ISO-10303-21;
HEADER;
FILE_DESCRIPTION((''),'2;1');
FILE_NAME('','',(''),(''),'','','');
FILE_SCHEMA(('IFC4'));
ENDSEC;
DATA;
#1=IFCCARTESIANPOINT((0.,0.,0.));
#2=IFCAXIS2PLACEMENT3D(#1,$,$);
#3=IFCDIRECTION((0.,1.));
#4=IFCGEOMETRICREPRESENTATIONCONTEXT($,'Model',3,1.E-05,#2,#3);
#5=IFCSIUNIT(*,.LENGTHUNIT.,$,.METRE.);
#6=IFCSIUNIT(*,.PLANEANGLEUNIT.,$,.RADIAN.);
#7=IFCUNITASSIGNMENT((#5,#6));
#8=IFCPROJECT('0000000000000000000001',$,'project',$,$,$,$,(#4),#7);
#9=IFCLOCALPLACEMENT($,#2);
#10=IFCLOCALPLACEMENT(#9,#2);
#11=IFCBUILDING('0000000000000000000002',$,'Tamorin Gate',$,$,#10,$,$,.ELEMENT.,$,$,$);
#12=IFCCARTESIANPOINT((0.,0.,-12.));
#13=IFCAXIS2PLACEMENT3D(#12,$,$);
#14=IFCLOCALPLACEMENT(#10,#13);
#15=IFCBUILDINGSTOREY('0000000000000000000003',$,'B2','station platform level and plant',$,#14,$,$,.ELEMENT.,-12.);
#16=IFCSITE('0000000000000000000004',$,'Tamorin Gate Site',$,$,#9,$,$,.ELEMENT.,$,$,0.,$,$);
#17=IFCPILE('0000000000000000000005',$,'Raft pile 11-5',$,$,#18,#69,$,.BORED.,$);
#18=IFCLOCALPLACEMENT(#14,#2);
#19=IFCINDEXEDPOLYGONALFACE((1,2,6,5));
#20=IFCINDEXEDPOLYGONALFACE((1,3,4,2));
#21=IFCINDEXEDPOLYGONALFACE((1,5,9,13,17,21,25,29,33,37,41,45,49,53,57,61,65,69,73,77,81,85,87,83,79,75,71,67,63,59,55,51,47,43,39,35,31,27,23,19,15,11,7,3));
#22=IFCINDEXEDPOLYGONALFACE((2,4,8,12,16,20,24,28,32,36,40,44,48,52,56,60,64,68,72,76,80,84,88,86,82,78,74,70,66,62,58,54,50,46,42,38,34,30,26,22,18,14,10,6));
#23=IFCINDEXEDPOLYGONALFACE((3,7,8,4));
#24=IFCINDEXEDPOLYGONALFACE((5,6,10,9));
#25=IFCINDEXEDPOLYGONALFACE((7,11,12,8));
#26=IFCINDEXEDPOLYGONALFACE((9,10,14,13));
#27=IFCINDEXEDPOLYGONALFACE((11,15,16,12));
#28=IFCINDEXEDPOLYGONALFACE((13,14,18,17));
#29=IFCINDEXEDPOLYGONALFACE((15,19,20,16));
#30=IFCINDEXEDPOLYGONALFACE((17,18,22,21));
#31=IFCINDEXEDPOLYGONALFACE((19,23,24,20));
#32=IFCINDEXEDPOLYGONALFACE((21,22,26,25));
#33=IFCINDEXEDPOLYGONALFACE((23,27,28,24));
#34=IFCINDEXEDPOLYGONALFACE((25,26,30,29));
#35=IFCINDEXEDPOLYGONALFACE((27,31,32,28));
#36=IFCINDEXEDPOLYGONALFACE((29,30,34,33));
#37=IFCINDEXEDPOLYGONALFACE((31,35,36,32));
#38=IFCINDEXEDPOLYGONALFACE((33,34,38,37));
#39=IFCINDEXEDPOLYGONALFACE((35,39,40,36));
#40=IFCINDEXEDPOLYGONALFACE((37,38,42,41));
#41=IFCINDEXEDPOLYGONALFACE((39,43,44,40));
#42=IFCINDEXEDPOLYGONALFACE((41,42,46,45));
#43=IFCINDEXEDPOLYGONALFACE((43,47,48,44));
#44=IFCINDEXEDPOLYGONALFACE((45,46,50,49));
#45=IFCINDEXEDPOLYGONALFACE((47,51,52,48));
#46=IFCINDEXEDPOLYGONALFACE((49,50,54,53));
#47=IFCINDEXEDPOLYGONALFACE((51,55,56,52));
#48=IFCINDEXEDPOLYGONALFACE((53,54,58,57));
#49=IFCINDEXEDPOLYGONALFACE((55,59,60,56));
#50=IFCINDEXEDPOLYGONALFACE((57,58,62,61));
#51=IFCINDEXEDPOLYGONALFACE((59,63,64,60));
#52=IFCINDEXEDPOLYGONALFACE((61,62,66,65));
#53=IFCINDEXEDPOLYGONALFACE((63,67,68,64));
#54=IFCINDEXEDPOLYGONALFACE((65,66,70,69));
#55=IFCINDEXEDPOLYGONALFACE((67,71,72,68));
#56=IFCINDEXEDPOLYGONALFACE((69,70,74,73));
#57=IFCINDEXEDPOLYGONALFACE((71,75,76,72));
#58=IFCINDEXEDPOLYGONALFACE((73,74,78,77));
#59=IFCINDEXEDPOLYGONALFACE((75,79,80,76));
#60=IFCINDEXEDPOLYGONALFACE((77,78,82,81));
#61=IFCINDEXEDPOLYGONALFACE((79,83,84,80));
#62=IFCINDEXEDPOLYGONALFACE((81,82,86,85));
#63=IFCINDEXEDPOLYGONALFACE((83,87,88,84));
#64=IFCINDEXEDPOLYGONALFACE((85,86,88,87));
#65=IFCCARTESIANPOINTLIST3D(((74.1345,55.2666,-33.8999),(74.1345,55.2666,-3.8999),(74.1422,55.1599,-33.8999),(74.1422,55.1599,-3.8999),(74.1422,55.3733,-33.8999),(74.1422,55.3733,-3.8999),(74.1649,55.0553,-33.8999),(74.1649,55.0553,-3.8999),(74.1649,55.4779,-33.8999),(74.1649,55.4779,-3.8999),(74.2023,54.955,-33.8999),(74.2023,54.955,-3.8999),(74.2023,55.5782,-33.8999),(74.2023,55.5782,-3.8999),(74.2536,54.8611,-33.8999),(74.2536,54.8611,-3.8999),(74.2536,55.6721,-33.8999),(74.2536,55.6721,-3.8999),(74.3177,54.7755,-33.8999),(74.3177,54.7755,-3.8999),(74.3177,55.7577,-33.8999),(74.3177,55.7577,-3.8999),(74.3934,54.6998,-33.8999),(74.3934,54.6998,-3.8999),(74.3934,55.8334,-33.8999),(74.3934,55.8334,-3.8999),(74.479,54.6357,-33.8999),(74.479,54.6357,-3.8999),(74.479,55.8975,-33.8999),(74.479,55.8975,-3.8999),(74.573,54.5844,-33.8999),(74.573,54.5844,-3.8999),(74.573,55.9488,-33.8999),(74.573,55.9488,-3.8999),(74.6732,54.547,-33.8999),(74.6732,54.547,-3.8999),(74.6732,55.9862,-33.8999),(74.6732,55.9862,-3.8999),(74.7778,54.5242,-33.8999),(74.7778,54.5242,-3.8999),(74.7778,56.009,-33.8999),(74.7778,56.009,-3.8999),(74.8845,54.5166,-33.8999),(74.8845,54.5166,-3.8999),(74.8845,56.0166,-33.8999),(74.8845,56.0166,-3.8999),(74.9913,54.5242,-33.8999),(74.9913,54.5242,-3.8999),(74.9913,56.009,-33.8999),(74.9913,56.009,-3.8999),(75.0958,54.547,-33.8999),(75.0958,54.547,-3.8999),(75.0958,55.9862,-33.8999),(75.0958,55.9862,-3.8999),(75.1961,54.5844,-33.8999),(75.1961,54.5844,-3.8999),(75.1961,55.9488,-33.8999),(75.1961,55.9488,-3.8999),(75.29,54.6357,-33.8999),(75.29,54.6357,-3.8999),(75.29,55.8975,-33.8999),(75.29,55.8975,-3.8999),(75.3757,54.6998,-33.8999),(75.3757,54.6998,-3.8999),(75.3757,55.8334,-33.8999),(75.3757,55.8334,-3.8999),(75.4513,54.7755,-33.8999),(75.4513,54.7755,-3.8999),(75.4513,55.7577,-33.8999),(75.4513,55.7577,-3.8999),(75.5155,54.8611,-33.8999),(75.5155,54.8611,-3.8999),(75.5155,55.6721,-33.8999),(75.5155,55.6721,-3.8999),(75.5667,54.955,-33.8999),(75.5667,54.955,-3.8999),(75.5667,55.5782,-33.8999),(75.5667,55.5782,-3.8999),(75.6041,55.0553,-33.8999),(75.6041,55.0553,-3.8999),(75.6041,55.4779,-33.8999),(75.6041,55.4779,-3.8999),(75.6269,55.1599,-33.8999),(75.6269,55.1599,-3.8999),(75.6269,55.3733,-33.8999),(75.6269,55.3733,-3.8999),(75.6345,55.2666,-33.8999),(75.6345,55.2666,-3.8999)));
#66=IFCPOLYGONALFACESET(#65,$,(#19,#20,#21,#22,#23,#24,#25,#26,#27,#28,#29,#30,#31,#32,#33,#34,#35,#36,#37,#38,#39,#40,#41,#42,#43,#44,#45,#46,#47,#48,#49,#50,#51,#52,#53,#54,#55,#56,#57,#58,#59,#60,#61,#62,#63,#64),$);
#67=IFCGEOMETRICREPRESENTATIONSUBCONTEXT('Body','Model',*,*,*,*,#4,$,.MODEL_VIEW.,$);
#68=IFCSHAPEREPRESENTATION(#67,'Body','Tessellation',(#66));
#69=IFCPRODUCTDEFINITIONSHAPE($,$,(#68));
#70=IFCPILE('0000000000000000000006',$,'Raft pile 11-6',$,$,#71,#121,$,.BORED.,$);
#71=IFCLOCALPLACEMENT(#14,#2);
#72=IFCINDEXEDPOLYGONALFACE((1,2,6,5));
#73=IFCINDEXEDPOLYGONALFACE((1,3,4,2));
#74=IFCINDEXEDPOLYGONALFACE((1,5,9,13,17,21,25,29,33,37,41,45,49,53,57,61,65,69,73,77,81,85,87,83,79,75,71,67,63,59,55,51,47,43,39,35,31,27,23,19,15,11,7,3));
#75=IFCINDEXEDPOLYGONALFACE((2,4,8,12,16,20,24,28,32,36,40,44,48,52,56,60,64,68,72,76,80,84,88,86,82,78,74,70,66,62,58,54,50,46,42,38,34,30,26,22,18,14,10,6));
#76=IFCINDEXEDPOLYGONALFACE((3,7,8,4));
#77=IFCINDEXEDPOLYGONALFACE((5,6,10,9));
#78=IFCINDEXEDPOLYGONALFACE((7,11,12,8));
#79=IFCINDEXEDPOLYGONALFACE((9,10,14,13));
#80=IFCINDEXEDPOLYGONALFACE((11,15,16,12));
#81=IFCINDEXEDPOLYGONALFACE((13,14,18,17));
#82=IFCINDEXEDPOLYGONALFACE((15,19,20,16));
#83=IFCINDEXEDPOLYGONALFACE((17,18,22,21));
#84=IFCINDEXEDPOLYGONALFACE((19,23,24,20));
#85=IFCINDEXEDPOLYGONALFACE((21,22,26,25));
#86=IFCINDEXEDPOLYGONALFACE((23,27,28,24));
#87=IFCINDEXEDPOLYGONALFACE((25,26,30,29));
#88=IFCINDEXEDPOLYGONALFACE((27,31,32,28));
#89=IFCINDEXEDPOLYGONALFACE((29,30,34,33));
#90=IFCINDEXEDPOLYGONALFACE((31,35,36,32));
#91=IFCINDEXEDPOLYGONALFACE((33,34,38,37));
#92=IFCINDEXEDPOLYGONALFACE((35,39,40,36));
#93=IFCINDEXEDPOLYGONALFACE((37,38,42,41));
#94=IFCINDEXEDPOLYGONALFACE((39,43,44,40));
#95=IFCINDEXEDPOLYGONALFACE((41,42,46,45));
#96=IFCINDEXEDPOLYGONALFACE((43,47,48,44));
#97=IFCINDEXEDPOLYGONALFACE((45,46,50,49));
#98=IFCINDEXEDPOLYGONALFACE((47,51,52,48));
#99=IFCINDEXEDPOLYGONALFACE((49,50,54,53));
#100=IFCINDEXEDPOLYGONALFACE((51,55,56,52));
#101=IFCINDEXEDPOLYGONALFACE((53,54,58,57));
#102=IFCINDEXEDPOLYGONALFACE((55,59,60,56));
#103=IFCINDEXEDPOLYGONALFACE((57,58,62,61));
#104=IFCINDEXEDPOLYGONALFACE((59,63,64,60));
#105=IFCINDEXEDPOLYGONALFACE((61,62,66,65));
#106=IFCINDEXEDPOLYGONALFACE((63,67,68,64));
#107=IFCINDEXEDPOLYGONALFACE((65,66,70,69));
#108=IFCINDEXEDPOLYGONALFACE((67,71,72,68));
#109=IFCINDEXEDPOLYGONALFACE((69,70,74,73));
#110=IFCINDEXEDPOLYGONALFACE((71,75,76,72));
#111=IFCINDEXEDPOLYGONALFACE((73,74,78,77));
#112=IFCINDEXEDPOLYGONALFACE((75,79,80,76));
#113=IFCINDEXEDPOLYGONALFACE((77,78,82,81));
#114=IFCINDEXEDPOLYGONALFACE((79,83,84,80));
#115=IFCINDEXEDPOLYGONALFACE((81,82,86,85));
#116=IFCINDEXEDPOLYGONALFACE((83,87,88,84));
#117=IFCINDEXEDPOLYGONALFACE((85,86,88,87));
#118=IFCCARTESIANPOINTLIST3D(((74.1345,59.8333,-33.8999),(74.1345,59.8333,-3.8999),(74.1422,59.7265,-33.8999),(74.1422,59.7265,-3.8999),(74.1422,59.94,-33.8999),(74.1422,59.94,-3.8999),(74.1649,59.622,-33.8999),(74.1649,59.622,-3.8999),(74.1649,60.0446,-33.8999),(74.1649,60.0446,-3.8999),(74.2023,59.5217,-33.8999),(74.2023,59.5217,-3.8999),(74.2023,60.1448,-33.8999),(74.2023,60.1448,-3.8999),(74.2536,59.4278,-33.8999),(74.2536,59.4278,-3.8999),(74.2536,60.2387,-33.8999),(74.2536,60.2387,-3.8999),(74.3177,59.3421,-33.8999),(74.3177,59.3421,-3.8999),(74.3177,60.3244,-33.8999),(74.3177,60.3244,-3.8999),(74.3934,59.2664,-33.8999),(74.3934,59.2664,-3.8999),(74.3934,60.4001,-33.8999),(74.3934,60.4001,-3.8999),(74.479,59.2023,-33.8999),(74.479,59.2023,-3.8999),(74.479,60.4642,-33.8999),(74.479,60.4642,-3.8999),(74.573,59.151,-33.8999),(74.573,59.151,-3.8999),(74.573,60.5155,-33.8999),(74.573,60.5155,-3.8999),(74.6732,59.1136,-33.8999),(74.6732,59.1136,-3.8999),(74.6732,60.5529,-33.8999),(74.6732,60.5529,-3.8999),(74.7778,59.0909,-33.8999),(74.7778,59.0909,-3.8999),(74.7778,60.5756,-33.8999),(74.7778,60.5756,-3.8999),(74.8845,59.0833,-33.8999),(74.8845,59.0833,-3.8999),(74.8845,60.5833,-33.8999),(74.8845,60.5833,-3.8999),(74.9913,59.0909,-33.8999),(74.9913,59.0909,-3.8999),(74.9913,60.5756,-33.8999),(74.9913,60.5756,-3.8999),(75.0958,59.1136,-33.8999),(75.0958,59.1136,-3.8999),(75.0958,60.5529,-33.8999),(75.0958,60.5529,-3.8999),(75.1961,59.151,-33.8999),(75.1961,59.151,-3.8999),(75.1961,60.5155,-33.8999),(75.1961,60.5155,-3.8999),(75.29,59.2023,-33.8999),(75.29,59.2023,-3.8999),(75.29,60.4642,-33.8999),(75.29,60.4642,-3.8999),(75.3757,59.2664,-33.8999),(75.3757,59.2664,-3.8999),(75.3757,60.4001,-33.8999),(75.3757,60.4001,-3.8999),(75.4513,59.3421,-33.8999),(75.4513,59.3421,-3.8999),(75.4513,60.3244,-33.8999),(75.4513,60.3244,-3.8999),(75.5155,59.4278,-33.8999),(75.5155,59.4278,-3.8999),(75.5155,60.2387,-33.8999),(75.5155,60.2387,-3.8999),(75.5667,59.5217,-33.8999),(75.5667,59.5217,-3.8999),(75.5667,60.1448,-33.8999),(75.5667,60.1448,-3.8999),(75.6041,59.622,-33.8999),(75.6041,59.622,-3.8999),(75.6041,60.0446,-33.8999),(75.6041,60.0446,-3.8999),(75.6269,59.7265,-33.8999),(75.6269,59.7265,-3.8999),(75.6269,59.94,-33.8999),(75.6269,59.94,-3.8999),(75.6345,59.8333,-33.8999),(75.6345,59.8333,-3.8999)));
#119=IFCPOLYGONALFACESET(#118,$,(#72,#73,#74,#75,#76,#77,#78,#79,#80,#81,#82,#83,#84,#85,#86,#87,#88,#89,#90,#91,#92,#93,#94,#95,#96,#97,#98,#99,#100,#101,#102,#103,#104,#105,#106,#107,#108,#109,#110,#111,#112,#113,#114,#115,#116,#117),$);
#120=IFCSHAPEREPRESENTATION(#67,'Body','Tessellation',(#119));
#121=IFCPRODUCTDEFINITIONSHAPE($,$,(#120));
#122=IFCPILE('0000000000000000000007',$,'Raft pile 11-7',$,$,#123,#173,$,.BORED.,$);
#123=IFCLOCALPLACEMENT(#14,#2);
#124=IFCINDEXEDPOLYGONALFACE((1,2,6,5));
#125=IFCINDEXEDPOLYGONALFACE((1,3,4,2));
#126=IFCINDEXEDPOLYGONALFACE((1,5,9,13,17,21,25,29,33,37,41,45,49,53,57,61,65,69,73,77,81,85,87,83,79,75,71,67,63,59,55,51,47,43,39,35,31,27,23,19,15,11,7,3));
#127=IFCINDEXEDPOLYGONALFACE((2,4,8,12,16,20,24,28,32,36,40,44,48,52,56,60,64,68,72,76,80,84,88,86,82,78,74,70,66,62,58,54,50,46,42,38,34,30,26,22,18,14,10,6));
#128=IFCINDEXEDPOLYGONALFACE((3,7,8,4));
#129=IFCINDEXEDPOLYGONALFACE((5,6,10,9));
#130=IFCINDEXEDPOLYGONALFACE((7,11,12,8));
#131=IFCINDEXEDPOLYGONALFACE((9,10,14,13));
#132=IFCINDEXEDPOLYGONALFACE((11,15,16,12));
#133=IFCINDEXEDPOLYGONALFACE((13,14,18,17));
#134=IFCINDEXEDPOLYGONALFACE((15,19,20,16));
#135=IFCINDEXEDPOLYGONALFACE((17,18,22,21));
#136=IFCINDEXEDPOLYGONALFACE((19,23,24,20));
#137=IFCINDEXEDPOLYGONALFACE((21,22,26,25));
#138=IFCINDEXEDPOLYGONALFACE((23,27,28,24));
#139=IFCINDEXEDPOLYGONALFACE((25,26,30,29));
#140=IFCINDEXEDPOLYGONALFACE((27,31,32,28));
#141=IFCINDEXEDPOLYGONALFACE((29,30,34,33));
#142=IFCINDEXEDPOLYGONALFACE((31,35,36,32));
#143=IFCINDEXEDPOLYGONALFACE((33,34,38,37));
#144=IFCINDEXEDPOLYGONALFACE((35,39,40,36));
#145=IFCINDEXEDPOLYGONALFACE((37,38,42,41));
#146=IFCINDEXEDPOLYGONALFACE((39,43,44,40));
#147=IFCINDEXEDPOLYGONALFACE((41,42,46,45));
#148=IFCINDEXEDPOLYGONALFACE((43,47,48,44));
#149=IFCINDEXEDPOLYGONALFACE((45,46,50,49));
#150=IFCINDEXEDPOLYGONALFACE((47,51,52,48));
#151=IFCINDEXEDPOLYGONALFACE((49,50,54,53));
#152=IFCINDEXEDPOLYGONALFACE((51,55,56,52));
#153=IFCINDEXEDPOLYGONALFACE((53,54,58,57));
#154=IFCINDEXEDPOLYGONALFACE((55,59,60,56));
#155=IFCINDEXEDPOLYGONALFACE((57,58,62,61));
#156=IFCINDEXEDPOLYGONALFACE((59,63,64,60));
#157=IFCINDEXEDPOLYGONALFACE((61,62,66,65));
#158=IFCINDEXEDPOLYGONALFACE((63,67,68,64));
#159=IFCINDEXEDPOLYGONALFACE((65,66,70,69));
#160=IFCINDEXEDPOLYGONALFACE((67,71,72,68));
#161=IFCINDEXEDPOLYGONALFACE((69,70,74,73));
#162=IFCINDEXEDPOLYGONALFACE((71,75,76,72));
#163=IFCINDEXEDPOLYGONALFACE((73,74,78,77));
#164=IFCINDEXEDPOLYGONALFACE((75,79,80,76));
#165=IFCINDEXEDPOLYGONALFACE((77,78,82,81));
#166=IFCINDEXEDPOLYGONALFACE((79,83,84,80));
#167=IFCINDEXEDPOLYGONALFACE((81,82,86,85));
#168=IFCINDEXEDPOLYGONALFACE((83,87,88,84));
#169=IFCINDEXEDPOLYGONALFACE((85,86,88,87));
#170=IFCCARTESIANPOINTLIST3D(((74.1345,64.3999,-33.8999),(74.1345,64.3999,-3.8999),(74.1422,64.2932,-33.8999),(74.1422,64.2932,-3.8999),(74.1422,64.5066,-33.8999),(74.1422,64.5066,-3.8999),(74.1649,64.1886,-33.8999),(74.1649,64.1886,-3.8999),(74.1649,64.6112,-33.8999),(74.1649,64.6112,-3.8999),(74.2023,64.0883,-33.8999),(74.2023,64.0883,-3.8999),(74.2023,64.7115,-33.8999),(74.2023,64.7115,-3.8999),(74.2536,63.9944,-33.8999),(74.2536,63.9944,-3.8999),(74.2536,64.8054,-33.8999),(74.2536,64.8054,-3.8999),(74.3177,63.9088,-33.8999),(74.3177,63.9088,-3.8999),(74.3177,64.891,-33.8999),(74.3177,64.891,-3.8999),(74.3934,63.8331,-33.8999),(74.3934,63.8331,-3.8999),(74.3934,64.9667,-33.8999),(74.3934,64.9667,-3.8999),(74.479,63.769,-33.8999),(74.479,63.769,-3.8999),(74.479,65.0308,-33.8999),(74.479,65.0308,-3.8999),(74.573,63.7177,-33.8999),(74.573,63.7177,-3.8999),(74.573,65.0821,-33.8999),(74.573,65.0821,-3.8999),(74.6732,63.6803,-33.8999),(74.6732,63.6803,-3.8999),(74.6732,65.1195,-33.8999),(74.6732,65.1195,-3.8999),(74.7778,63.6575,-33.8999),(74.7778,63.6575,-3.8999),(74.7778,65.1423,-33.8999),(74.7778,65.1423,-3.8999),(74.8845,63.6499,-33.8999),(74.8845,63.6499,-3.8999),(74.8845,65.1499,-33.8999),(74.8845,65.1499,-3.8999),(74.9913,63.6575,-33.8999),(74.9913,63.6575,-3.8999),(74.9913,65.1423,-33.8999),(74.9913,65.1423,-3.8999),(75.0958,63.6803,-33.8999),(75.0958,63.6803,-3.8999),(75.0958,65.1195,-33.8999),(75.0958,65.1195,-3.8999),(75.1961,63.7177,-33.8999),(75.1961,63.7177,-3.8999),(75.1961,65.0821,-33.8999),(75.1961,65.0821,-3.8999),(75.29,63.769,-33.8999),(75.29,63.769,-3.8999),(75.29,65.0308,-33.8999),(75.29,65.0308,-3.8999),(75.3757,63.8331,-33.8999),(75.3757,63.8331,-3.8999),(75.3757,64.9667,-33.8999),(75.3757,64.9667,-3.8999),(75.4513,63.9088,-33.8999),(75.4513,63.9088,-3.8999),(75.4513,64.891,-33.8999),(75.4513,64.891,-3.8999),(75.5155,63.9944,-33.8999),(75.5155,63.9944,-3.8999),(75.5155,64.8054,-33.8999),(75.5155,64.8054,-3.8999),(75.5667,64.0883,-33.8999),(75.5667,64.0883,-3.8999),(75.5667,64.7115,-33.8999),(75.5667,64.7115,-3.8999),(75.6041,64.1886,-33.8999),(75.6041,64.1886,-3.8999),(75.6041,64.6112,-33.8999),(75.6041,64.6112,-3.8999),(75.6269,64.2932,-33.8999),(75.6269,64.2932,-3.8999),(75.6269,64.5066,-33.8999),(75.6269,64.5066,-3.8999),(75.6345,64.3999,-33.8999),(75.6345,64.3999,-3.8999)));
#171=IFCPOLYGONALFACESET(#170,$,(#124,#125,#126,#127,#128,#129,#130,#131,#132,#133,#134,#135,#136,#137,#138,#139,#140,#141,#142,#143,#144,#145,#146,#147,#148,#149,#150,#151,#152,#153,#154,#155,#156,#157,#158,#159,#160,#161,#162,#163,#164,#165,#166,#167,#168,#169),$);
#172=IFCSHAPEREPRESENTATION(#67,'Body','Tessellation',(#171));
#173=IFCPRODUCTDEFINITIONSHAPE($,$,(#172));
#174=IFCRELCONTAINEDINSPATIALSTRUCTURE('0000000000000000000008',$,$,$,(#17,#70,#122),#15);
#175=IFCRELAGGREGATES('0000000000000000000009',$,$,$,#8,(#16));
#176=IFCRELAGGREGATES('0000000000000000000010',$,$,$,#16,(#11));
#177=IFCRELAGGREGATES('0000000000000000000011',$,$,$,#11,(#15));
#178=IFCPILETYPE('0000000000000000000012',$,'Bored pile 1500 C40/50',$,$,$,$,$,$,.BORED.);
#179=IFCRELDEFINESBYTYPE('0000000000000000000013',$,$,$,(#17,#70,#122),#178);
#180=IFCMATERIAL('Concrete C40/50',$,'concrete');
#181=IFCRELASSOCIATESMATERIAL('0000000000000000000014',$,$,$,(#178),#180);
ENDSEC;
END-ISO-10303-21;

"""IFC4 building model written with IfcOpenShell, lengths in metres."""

from ifc_helpers import new_model, si_unit, direction, frame, origin, origin_2d, place, context, subcontext, project, spatial, circle, extrude, material, material_profile, profile_set, type_object, element, save


model = new_model("IFC4")

# Units and contexts
model_context = context("Model", 3, precision=1e-05, world=origin(), true_north=direction((0.0, 1.0)))
body_context = subcontext(model_context, "Body", "Model", "MODEL_VIEW")
ifc_project = project(units=[si_unit("LENGTHUNIT", "METRE"), si_unit("PLANEANGLEUNIT", "RADIAN")], contexts=[model_context])

# Site, building, storey
site_placement = place(None, origin())
site = spatial("IfcSite", under=ifc_project, at=site_placement, Name="Tamorin Gate Site", CompositionType="ELEMENT", RefElevation=0.0)
building_placement = place(site_placement, origin())
building = spatial("IfcBuilding", under=site, at=building_placement, Name="Tamorin Gate", CompositionType="ELEMENT")
storey_placement = place(building_placement, frame((0.0, 0.0, -12.0)))
storey = spatial("IfcBuildingStorey", under=building, at=storey_placement, Name="B2", Description="station platform level and plant", CompositionType="ELEMENT", Elevation=-12.0)

# Piles
ifc_material_1 = material(Name="Concrete C40/50", Category="concrete")
ifc_material_profile_1 = material_profile(ifc_material_1, circle(Radius=0.75, at=origin_2d()))
ifc_profile_set_1 = profile_set([ifc_material_profile_1], Name="Concrete C40/50")
pile_type = type_object("IfcPileType", Name="Bored pile 1500 C40/50", PredefinedType="BORED", material=ifc_profile_set_1)
for number, where, z_axis, x_axis, name in (
    (1, (74.8845, 55.2666, -3.8999), (0.0, 0.0, -1.0), (1.0, 0.0, 0.0), "Raft pile 11-5"),
    (2, (74.8845, 59.8333, -3.8999), (0.0, 0.0, -1.0), (1.0, 0.0, 0.0), "Raft pile 11-6"),
    (3, (74.8845, 64.3999, -3.8999), (0.0, 0.0, -1.0), (1.0, 0.0, 0.0), "Raft pile 11-7"),
):
    element("IfcPile", number, at=place(storey_placement, frame(where, z_axis=z_axis, x_axis=x_axis)), inside=storey, type_object=pile_type, Name=name, PredefinedType="BORED", context=body_context, shape_type="SweptSolid", body=[
        extrude(circle(Radius=0.75, at=origin_2d()), origin(), (0.0, 0.0, 1.0), 30.0),
    ])

save(model, "model.ifc")
